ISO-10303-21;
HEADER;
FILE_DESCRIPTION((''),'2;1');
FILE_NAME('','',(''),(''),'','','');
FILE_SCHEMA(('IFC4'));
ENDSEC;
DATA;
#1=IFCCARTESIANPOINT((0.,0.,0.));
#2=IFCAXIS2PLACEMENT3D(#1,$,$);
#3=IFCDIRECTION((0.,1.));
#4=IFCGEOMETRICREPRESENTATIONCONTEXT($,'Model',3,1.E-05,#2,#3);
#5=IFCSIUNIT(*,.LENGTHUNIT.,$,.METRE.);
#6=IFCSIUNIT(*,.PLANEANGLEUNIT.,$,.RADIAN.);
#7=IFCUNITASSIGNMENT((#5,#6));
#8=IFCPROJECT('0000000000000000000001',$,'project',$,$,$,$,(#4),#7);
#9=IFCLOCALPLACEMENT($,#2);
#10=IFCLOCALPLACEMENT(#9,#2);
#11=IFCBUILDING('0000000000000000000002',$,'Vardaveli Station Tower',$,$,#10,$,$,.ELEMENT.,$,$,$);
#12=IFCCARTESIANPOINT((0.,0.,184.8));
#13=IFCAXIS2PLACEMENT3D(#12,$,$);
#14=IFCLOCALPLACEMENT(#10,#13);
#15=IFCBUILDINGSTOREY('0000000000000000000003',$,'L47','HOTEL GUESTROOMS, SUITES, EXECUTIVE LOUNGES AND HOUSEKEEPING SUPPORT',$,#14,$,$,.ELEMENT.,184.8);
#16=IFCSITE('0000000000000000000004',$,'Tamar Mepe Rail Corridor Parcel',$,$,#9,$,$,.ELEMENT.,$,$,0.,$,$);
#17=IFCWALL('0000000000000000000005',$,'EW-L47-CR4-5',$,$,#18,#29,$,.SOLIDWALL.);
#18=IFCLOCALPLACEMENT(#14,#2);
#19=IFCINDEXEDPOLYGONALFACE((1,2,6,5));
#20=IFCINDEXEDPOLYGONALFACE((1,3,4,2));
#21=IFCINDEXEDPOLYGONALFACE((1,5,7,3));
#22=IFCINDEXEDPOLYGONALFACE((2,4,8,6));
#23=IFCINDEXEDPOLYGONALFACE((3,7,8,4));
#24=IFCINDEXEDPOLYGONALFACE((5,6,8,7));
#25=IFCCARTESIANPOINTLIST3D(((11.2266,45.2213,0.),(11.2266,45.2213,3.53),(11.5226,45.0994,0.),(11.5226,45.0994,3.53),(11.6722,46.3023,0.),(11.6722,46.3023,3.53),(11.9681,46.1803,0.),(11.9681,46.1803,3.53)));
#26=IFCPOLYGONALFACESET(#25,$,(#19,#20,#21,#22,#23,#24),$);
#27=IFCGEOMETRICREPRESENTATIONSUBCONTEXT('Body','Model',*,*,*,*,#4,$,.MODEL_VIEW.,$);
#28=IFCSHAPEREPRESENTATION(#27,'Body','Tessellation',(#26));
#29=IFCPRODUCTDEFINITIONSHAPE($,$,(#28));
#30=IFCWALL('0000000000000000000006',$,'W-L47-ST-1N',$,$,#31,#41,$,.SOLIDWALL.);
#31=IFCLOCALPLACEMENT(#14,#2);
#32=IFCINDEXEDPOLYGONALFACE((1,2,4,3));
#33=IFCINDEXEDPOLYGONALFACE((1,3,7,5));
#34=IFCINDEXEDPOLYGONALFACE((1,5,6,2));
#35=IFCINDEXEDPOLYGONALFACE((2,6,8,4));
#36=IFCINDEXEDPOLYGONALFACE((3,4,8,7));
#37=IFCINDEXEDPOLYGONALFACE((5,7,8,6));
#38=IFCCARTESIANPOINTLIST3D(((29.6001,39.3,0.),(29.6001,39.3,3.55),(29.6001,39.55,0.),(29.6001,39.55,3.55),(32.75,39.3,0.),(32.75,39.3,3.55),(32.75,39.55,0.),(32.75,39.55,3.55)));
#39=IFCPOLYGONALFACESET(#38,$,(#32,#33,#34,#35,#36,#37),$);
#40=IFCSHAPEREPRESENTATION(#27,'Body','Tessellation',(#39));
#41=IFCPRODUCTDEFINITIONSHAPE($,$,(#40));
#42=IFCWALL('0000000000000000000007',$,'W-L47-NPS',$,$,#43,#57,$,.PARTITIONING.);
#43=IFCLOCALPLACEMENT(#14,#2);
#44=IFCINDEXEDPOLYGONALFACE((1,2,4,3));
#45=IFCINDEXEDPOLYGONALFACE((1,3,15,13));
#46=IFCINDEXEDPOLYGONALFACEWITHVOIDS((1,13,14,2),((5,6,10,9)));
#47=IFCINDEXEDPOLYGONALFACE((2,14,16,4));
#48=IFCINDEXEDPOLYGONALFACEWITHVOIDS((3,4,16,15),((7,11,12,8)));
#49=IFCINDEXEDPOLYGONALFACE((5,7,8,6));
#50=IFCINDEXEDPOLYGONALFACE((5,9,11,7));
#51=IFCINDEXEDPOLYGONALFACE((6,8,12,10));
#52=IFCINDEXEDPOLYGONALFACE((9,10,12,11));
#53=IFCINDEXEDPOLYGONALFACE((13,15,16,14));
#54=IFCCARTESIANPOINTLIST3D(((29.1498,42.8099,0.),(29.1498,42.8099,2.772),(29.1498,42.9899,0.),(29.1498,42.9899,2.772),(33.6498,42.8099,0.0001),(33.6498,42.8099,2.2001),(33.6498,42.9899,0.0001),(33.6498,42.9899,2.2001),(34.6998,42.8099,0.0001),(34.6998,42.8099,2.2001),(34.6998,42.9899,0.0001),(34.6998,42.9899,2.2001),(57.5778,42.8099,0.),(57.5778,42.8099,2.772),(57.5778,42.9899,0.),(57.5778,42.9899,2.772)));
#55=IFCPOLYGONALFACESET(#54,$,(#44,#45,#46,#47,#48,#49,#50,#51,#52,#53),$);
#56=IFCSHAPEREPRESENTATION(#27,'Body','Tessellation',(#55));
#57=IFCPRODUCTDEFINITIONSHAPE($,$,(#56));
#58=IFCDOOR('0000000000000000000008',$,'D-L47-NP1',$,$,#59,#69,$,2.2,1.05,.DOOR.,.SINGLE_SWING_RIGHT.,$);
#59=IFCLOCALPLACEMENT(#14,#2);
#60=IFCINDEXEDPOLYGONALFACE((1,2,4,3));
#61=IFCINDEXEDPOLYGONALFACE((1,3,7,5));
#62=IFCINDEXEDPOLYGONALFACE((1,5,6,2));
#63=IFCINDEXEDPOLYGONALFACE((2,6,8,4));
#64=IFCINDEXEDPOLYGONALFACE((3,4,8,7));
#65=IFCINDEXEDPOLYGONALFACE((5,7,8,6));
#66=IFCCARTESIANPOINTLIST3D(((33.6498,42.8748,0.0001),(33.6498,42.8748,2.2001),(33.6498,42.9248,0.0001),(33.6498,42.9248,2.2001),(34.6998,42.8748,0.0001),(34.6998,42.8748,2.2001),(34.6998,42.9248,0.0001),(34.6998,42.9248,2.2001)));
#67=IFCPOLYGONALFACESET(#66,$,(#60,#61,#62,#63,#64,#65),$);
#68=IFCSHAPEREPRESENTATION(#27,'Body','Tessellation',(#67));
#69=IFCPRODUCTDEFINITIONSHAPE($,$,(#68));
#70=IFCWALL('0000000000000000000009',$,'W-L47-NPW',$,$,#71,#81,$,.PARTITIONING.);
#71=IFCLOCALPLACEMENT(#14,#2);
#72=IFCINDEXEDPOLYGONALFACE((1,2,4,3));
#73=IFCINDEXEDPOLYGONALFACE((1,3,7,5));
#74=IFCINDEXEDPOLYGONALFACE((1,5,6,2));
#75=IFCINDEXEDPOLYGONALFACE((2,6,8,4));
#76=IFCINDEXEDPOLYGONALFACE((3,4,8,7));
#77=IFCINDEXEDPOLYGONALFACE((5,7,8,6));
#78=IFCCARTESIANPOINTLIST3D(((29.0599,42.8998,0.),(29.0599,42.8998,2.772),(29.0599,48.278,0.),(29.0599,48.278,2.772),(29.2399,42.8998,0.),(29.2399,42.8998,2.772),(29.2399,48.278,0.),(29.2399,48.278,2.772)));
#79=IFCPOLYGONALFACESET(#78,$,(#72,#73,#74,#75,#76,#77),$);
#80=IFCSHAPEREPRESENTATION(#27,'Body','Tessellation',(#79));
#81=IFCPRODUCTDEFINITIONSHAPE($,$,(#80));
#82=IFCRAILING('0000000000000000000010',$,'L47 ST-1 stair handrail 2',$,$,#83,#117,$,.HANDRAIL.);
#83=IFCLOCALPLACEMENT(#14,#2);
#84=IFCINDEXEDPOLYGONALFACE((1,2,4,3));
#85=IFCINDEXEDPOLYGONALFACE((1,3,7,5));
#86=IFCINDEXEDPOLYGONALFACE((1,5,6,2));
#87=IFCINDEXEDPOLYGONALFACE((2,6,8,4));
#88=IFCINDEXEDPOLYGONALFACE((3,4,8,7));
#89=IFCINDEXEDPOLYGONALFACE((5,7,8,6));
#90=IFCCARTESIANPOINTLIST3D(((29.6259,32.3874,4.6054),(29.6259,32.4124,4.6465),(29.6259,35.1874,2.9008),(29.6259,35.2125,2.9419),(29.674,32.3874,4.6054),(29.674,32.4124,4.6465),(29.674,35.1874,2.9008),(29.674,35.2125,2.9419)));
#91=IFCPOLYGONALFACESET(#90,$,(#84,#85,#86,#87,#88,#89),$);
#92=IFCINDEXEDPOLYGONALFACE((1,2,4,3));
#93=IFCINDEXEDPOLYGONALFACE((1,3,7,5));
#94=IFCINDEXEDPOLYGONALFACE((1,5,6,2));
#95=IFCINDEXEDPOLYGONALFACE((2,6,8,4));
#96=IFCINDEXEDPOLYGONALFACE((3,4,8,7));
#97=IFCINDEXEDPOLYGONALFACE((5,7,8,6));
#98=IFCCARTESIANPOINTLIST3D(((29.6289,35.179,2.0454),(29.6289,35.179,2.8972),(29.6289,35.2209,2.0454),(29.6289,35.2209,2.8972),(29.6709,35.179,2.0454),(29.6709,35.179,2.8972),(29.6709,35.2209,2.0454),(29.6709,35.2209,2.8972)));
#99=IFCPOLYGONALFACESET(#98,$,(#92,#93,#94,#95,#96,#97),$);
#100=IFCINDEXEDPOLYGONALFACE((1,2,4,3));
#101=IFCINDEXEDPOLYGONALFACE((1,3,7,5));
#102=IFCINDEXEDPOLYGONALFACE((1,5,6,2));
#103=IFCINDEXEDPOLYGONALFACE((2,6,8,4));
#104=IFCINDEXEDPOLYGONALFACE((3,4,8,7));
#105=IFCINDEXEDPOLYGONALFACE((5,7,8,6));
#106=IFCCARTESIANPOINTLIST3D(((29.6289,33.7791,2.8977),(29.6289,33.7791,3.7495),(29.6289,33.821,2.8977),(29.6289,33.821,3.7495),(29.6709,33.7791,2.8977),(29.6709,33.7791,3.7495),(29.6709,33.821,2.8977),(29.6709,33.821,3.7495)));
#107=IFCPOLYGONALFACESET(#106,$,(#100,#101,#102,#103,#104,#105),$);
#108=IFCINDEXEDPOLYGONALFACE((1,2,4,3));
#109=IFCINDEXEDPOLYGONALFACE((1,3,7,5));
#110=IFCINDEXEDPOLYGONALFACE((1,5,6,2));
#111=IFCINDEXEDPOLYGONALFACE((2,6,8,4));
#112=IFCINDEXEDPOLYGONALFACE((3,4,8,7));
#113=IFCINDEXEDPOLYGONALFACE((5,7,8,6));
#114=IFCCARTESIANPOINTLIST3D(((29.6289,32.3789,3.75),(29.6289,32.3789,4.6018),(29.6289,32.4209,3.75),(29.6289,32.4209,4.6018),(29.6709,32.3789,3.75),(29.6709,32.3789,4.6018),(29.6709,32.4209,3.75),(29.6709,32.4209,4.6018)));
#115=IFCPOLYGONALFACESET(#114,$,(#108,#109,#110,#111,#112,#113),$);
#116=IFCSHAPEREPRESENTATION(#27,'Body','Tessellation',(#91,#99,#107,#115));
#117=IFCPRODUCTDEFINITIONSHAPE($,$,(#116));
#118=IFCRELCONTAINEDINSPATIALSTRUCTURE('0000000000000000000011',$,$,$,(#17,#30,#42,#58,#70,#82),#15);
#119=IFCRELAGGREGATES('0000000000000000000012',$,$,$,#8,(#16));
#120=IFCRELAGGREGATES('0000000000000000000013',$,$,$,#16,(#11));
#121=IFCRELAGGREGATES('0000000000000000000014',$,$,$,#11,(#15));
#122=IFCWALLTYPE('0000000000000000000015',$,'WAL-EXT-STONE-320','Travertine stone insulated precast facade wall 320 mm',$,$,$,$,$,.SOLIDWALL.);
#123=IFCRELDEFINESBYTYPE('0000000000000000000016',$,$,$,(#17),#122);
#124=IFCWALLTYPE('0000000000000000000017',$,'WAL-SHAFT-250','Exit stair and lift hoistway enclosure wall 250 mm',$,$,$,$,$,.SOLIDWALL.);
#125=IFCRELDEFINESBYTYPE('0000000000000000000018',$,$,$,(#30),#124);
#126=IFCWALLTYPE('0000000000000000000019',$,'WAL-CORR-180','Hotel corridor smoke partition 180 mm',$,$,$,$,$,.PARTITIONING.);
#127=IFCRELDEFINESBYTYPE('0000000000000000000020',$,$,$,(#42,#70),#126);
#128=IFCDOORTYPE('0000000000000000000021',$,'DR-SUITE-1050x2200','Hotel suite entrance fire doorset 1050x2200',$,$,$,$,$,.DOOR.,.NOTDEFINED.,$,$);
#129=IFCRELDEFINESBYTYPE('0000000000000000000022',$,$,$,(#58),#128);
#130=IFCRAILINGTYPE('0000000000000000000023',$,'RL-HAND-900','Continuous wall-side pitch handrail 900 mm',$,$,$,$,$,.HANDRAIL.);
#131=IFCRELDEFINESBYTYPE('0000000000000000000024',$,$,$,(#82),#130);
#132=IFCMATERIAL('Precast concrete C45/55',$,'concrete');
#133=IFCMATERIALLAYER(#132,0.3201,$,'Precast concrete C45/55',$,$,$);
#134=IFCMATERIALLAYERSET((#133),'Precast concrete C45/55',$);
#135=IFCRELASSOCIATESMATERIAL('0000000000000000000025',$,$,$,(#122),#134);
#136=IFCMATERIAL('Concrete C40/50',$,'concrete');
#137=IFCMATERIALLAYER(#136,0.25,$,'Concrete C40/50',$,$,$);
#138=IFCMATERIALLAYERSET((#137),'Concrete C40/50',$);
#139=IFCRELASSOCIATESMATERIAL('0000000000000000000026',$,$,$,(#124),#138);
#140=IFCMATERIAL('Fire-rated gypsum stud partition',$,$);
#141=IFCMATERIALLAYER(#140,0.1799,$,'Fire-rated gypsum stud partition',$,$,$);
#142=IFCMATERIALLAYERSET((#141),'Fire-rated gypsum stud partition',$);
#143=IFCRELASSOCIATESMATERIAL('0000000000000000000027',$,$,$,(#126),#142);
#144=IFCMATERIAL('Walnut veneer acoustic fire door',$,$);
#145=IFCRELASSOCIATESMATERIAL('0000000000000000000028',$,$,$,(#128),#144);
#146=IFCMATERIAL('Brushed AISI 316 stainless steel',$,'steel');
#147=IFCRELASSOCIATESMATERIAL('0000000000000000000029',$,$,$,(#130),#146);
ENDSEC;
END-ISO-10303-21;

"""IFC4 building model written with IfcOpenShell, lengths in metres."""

from ifc_helpers import new_model, si_unit, direction, frame, frame_2d, origin, origin_2d, place, context, subcontext, project, spatial, rectangle, extrude, source, transform, mapped, material, layer, layer_set, type_object, element, fill, save


model = new_model("IFC4")

# Units and contexts
model_context = context("Model", 3, precision=1e-05, world=origin(), true_north=direction((0.0, 1.0)))
body_context = subcontext(model_context, "Body", "Model", "MODEL_VIEW")
ifc_project = project(units=[si_unit("LENGTHUNIT", "METRE"), si_unit("PLANEANGLEUNIT", "RADIAN")], contexts=[model_context])

# Site, building, storey
site_placement = place(None, origin())
site = spatial("IfcSite", under=ifc_project, at=site_placement, Name="Tamar Mepe Rail Corridor Parcel", CompositionType="ELEMENT", RefElevation=0.0)
building_placement = place(site_placement, origin())
building = spatial("IfcBuilding", under=site, at=building_placement, Name="Vardaveli Station Tower", CompositionType="ELEMENT")
storey_placement = place(building_placement, frame((0.0, 0.0, 184.8)))
storey = spatial("IfcBuildingStorey", under=building, at=storey_placement, Name="L47", Description="HOTEL GUESTROOMS, SUITES, EXECUTIVE LOUNGES AND HOUSEKEEPING SUPPORT", CompositionType="ELEMENT", Elevation=184.8)

# Shared definitions
ifc_material_1 = material(Name="Precast concrete C45/55", Category="concrete")

# Shared definitions
ifc_layer_1 = layer(ifc_material_1, 0.3201, Name="Precast concrete C45/55")
ifc_layer_set_1 = layer_set([ifc_layer_1], Name="Precast concrete C45/55")
wall_type_1 = type_object("IfcWallType", Name="WAL-EXT-STONE-320", Description="Travertine stone insulated precast facade wall 320 mm", PredefinedType="SOLIDWALL", material=ifc_layer_set_1)

# Walls
shared_shape_1 = source(origin(), body_context, "Body", "SweptSolid", [
    extrude(rectangle(XDim=1.1692, YDim=0.3201, at=frame_2d((0.5845, 0.0))), origin(), (0.0, 0.0, 1.0), 3.53),
])
for number, where, z_axis, x_axis, name in (
    (1, (11.8201, 46.2412, 0.0), (0.0, 0.0, 1.0), (-0.381054, -0.924553, 0.0), "EW-L47-CR4-5"),
):
    element("IfcWall", number, at=place(storey_placement, frame(where, z_axis=z_axis, x_axis=x_axis)), inside=storey, type_object=wall_type_1, Name=name, PredefinedType="SOLIDWALL", context=body_context, shape_type="MappedRepresentation", body=[
        mapped(shared_shape_1, transform((0.0, 0.0, 0.0), scale=1.0)),
    ])
ifc_material_2 = material(Name="Concrete C40/50", Category="concrete")
ifc_layer_2 = layer(ifc_material_2, 0.25, Name="Concrete C40/50")
ifc_layer_set_2 = layer_set([ifc_layer_2], Name="Concrete C40/50")
wall_type_2 = type_object("IfcWallType", Name="WAL-SHAFT-250", Description="Exit stair and lift hoistway enclosure wall 250 mm", PredefinedType="SOLIDWALL", material=ifc_layer_set_2)
shared_shape_2 = source(origin(), body_context, "Body", "SweptSolid", [
    extrude(rectangle(XDim=3.1499, YDim=0.25, at=frame_2d((1.575, 0.0))), origin(), (0.0, 0.0, 1.0), 3.55),
])
wall_1_placement = place(storey_placement, frame((29.6001, 39.425, 0.0), z_axis=(0.0, 0.0, 1.0), x_axis=(1.0, 0.0, 0.0)))
element("IfcWall", 2, at=wall_1_placement, inside=storey, type_object=wall_type_2, Name="W-L47-ST-1N", PredefinedType="SOLIDWALL", context=body_context, shape_type="MappedRepresentation", body=[
    mapped(shared_shape_2, transform((0.0, 0.0, 0.0), scale=1.0)),
])

# Wall, opening, door
ifc_material_3 = material(Name="Fire-rated gypsum stud partition")
ifc_layer_3 = layer(ifc_material_3, 0.1799, Name="Fire-rated gypsum stud partition")
ifc_layer_set_3 = layer_set([ifc_layer_3], Name="Fire-rated gypsum stud partition")
wall_type_3 = type_object("IfcWallType", Name="WAL-CORR-180", Description="Hotel corridor smoke partition 180 mm", PredefinedType="PARTITIONING", material=ifc_layer_set_3)
shared_shape_3 = source(origin(), body_context, "Body", "SweptSolid", [
    extrude(rectangle(XDim=28.428, YDim=0.1799, at=frame_2d((14.2139, 0.0))), origin(), (0.0, 0.0, 1.0), 2.772),
])
wall_2_placement = place(storey_placement, frame((29.1499, 42.8999, 0.0), z_axis=(0.0, 0.0, 1.0), x_axis=(1.0, 0.0, 0.0)))
wall_2 = element("IfcWall", 3, at=wall_2_placement, inside=storey, type_object=wall_type_3, Name="W-L47-NPS", PredefinedType="PARTITIONING", context=body_context, shape_type="MappedRepresentation", body=[
    mapped(shared_shape_3, transform((0.0, 0.0, 0.0), scale=1.0)),
])
shared_shape_4 = source(origin(), body_context, "Body", "SweptSolid", [
    extrude(rectangle(XDim=1.05, YDim=2.2, at=frame_2d((0.5249, 1.1001))), frame((0.0, 0.1001, 0.0), z_axis=(0.0, -1.0, 0.0), x_axis=(1.0, 0.0, 0.0)), (0.0, 0.0, 1.0), 0.2),
])
opening_1_placement = place(wall_2_placement, frame((4.5, 0.0, 0.0)))
opening_1 = element("IfcOpeningElement", 4, at=opening_1_placement, cuts=wall_2, PredefinedType="OPENING", context=body_context, shape_type="MappedRepresentation", body=[
    mapped(shared_shape_4, transform((0.0, 0.0, 0.0), scale=1.0)),
])
ifc_material_4 = material(Name="Walnut veneer acoustic fire door")
door_type_1 = type_object("IfcDoorType", Name="DR-SUITE-1050x2200", Description="Hotel suite entrance fire doorset 1050x2200", OperationType="NOTDEFINED", PredefinedType="DOOR", material=ifc_material_4)
shared_shape_5 = source(origin(), body_context, "Body", "SweptSolid", [
    extrude(rectangle(XDim=1.05, YDim=2.2, at=frame_2d((0.5249, 1.1001))), frame((0.0, 0.0249, 0.0), z_axis=(0.0, -1.0, 0.0), x_axis=(1.0, 0.0, 0.0)), (0.0, 0.0, 1.0), 0.05),
])
door_1_placement = place(opening_1_placement, origin())
door_1 = element("IfcDoor", 5, at=door_1_placement, inside=storey, type_object=door_type_1, Name="D-L47-NP1", OperationType="SINGLE_SWING_RIGHT", OverallHeight=2.2, OverallWidth=1.05, PredefinedType="DOOR", context=body_context, shape_type="MappedRepresentation", body=[
    mapped(shared_shape_5, transform((0.0, 0.0, 0.0), scale=1.0)),
])
fill(opening_1, door_1)

# Wall
shared_shape_6 = source(origin(), body_context, "Body", "SweptSolid", [
    extrude(rectangle(XDim=5.3782, YDim=0.1799, at=frame_2d((2.689, 0.0))), origin(), (0.0, 0.0, 1.0), 2.772),
])
wall_3_placement = place(storey_placement, frame((29.1499, 42.8999, 0.0), z_axis=(0.0, 0.0, 1.0), x_axis=(0.0, 1.0, 0.0)))
element("IfcWall", 6, at=wall_3_placement, inside=storey, type_object=wall_type_3, Name="W-L47-NPW", PredefinedType="PARTITIONING", context=body_context, shape_type="MappedRepresentation", body=[
    mapped(shared_shape_6, transform((0.0, 0.0, 0.0), scale=1.0)),
])

# Railing
ifc_material_5 = material(Name="Brushed AISI 316 stainless steel", Category="steel")
railing_type = type_object("IfcRailingType", Name="RL-HAND-900", Description="Continuous wall-side pitch handrail 900 mm", PredefinedType="HANDRAIL", material=ifc_material_5)
shared_shape_7 = source(origin(), body_context, "Body", "SweptSolid", [
    extrude(rectangle(XDim=0.0481, YDim=0.0481, at=origin_2d()), frame((0.0, 0.0, 0.876), z_axis=(0.0, -0.85417, 0.519994), x_axis=(1.0, 0.0, 0.0)), (0.0, 0.0, 1.0), 3.2781),
    extrude(rectangle(XDim=0.042, YDim=0.042, at=origin_2d()), origin(), (0.0, 0.0, 1.0), 0.8518),
    extrude(rectangle(XDim=0.042, YDim=0.042, at=origin_2d()), frame((0.0, -1.3999, 0.8523)), (0.0, 0.0, 1.0), 0.8518),
    extrude(rectangle(XDim=0.042, YDim=0.042, at=origin_2d()), frame((0.0, -2.8, 1.7046)), (0.0, 0.0, 1.0), 0.8518),
])
railing_placement = place(storey_placement, frame((29.6499, 35.2, 2.0454)))
element("IfcRailing", 7, at=railing_placement, inside=storey, type_object=railing_type, Name="L47 ST-1 stair handrail 2", PredefinedType="HANDRAIL", context=body_context, shape_type="MappedRepresentation", body=[
    mapped(shared_shape_7, transform((0.0, 0.0, 0.0), scale=1.0)),
])

save(model, "model.ifc")
